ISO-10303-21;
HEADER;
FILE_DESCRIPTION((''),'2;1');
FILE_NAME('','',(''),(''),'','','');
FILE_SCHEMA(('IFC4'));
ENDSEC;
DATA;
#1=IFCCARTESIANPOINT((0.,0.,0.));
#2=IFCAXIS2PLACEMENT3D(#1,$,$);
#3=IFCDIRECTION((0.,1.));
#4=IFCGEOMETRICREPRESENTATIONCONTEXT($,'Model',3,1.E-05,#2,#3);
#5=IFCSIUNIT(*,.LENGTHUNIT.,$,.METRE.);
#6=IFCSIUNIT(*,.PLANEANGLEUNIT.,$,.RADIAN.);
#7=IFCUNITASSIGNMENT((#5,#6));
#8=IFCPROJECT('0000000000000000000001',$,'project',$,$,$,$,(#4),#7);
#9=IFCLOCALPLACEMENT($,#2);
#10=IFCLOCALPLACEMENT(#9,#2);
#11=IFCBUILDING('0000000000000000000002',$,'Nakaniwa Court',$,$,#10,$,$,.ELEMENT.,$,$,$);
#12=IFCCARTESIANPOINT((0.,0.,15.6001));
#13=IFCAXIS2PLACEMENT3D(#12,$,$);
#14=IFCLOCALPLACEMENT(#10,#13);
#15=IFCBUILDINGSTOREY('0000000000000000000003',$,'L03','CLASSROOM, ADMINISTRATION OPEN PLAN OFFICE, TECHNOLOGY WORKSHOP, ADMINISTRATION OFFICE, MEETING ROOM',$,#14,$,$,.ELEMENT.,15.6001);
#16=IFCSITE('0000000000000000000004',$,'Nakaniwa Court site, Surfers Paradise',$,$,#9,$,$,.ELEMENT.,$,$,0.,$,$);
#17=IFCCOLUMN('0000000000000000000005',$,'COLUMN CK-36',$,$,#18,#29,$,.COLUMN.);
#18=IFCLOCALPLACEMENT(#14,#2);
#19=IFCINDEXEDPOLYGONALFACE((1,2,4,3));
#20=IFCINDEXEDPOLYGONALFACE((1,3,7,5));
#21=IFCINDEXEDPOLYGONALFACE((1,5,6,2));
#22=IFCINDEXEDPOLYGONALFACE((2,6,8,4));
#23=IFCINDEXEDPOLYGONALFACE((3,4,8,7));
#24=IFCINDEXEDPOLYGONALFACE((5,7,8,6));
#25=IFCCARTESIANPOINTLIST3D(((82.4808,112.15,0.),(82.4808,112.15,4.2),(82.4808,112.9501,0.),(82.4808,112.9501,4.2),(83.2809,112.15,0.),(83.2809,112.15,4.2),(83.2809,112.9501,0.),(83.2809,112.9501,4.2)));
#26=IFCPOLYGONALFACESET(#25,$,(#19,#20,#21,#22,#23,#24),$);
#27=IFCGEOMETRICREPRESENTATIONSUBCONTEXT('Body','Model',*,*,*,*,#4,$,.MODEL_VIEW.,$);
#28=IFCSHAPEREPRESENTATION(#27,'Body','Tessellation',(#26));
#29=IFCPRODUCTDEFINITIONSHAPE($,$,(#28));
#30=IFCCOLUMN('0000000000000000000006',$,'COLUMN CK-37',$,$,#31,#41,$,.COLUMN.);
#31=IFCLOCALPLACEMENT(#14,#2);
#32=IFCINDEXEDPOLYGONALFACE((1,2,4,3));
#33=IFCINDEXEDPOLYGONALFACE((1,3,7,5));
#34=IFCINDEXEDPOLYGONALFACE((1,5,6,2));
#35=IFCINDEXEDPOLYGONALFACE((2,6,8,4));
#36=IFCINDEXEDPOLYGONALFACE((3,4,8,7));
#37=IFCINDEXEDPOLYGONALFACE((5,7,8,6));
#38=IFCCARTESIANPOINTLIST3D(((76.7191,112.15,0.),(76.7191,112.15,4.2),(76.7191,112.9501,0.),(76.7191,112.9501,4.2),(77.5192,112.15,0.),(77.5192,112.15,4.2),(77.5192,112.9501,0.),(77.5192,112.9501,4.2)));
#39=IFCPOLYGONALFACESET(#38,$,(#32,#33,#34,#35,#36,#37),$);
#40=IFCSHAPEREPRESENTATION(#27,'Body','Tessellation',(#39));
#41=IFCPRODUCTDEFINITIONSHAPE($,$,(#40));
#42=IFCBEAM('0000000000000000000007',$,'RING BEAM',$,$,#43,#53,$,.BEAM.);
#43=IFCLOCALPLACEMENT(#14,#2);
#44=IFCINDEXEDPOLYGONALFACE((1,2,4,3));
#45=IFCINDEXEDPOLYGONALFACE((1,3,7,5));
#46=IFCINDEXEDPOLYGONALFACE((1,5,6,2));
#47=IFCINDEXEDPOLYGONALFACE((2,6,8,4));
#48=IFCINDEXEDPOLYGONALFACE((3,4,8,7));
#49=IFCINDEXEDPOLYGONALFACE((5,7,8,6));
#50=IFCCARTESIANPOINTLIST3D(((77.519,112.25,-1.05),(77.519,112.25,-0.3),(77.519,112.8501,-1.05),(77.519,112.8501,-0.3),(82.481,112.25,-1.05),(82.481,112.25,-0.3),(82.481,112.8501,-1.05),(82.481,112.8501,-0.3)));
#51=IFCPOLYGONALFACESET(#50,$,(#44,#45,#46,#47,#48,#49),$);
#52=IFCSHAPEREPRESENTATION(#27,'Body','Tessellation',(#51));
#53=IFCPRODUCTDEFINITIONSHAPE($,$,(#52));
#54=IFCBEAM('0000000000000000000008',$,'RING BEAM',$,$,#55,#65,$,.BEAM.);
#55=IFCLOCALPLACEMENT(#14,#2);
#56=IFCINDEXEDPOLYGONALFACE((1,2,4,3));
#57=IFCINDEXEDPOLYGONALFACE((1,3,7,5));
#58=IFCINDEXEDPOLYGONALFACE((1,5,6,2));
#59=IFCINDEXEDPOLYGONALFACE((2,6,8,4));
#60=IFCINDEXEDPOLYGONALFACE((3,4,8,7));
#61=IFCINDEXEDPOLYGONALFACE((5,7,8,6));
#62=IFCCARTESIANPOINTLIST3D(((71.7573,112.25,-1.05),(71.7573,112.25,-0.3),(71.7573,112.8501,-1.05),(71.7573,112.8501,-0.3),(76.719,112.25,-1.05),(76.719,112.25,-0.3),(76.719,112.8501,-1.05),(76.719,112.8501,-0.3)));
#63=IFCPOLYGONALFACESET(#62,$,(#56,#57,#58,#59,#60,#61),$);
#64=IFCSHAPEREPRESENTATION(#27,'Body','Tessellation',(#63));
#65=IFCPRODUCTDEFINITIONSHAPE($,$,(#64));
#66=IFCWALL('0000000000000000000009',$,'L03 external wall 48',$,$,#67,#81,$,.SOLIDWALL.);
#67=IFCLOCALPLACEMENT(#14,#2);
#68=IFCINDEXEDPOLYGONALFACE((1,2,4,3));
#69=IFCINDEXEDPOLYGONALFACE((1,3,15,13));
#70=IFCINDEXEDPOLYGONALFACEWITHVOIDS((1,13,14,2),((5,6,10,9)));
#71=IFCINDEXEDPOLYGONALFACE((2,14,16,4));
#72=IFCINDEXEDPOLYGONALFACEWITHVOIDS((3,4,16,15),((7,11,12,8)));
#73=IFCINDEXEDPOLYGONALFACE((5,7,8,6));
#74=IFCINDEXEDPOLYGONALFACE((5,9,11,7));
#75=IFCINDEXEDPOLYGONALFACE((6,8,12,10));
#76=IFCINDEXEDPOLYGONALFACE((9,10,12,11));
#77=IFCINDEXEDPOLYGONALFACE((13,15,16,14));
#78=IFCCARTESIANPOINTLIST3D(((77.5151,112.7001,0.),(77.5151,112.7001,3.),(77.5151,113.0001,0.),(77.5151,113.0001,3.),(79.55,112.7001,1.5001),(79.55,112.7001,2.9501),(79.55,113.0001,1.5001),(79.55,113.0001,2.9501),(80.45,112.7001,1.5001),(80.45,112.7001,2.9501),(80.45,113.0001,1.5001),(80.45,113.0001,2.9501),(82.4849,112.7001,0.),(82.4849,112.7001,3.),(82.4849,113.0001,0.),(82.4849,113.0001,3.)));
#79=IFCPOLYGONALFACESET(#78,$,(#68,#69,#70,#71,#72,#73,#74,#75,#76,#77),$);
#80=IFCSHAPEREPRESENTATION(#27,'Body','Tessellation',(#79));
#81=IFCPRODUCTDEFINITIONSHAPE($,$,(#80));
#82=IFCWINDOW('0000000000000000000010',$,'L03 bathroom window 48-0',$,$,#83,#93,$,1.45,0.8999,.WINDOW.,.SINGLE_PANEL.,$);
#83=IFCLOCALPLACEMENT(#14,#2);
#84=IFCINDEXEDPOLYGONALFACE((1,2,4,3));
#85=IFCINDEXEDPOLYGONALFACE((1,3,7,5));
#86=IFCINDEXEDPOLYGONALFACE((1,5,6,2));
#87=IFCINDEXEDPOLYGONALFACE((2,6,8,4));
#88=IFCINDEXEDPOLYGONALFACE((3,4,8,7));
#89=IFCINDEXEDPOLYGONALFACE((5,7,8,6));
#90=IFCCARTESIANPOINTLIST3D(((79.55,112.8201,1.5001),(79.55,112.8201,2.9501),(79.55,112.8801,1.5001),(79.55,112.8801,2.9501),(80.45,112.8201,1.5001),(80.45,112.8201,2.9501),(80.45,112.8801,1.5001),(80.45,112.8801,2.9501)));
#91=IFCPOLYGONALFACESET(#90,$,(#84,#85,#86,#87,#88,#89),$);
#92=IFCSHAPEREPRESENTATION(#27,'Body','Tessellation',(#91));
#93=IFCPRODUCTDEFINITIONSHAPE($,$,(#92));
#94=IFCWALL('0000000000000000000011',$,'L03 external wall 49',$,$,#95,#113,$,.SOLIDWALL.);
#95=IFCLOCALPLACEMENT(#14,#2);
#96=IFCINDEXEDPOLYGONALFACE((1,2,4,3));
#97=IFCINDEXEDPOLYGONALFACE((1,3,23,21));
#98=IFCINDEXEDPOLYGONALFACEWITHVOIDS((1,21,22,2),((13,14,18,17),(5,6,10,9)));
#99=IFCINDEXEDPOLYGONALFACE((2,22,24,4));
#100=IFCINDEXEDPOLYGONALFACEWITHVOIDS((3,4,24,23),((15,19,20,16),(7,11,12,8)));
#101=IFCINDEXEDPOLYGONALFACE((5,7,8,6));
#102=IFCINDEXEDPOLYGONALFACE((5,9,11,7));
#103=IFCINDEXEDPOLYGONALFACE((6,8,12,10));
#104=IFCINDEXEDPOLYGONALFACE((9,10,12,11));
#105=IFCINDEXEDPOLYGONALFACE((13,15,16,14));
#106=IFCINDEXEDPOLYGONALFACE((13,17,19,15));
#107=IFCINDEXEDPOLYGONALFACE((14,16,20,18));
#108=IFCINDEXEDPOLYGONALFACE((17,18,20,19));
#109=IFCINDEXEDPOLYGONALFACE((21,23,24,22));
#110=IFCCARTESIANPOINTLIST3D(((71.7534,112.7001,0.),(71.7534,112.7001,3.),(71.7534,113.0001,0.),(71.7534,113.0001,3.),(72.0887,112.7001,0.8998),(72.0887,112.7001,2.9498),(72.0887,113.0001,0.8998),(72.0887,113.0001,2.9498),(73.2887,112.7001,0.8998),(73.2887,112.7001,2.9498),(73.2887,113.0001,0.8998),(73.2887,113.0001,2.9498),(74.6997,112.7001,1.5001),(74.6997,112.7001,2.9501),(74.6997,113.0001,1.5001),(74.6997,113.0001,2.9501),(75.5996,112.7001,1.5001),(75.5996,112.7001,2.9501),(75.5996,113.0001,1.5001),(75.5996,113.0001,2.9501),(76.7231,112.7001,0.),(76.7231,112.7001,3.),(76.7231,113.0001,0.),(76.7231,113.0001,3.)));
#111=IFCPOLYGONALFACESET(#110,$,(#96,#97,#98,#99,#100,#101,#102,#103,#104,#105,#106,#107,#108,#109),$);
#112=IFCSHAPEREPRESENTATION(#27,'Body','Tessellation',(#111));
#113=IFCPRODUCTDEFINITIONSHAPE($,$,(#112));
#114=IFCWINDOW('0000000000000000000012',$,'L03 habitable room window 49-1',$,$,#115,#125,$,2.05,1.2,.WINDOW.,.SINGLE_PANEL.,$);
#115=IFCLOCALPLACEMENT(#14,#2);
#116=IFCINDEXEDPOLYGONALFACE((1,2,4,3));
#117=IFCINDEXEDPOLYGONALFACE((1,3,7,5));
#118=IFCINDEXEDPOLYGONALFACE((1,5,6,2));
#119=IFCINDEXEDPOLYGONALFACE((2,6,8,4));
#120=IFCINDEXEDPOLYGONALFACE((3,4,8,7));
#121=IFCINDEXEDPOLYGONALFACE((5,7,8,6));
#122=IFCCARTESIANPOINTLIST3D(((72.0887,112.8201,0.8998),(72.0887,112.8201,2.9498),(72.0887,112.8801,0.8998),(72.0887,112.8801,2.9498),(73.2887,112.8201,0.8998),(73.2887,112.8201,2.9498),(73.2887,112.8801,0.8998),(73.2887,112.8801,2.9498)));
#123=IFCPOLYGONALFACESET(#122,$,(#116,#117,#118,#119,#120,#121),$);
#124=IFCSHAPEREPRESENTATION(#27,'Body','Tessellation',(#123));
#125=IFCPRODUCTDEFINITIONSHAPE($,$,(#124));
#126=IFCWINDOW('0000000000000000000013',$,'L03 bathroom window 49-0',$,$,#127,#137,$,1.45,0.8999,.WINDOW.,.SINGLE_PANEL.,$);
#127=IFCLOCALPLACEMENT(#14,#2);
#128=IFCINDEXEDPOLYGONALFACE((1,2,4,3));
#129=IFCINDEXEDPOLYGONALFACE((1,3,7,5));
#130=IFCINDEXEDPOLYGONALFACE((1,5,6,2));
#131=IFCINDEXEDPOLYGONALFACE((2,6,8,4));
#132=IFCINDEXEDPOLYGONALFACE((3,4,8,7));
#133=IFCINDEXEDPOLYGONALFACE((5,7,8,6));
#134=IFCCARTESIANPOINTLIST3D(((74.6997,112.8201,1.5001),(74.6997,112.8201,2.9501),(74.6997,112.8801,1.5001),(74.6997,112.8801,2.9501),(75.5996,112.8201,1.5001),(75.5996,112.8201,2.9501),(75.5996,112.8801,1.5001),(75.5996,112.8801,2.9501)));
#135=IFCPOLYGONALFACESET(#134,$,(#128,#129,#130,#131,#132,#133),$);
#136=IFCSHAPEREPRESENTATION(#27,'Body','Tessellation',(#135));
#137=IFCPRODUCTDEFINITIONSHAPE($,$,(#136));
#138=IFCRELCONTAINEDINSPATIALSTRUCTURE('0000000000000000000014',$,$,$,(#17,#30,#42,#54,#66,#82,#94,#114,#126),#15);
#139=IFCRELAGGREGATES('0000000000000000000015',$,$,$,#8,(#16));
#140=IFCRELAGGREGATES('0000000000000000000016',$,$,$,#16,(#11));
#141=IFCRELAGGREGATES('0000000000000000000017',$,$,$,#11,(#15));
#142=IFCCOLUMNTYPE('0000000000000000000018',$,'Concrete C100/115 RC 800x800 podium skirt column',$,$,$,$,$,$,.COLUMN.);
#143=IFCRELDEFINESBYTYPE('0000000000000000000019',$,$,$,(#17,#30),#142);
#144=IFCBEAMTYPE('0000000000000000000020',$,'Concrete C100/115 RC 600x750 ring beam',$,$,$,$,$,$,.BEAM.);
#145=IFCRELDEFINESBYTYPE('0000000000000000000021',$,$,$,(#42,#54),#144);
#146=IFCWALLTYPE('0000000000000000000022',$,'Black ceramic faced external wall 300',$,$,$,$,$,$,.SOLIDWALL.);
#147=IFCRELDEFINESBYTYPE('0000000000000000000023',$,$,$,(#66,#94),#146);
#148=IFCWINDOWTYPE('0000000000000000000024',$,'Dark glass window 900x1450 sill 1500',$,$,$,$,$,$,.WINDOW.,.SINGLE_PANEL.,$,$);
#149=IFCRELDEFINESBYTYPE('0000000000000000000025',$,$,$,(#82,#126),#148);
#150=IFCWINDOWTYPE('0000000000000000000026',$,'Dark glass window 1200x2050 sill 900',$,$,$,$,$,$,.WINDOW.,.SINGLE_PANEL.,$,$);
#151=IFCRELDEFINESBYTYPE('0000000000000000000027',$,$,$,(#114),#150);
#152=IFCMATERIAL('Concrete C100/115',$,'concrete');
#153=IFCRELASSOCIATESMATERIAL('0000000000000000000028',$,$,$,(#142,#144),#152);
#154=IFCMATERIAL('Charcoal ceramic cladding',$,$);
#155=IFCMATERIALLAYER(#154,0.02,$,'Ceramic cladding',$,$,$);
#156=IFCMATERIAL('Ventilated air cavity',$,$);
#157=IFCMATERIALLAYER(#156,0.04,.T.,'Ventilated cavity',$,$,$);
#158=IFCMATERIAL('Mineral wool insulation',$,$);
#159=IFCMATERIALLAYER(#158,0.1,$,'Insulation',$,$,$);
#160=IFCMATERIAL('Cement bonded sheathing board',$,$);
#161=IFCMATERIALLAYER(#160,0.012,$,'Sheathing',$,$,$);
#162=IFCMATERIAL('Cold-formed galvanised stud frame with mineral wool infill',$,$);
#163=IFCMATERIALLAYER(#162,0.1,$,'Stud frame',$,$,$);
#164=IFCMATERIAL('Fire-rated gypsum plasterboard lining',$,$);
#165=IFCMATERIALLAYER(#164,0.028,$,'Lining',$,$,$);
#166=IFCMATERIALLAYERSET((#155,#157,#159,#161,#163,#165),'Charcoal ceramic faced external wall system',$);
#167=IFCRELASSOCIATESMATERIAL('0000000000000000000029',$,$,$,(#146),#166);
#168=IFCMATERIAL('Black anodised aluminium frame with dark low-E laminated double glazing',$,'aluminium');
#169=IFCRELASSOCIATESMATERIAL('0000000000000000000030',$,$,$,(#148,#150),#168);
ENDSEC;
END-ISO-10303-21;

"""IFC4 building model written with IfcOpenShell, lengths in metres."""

from ifc_helpers import new_model, si_unit, direction, frame, frame_2d, origin, origin_2d, place, context, subcontext, project, spatial, rectangle, extrude, material, layer, layer_set, material_profile, profile_set, type_object, element, fill, save


model = new_model("IFC4")

# Units and contexts
model_context = context("Model", 3, precision=1e-05, world=origin(), true_north=direction((0.0, 1.0)))
body_context = subcontext(model_context, "Body", "Model", "MODEL_VIEW")
ifc_project = project(units=[si_unit("LENGTHUNIT", "METRE"), si_unit("PLANEANGLEUNIT", "RADIAN")], contexts=[model_context])

# Site, building, storey
site_placement = place(None, origin())
site = spatial("IfcSite", under=ifc_project, at=site_placement, Name="Nakaniwa Court site, Surfers Paradise", CompositionType="ELEMENT", RefElevation=0.0)
building_placement = place(site_placement, origin())
building = spatial("IfcBuilding", under=site, at=building_placement, Name="Nakaniwa Court", CompositionType="ELEMENT")
storey_placement = place(building_placement, frame((0.0, 0.0, 15.6001)))
storey = spatial("IfcBuildingStorey", under=building, at=storey_placement, Name="L03", Description="CLASSROOM, ADMINISTRATION OPEN PLAN OFFICE, TECHNOLOGY WORKSHOP, ADMINISTRATION OFFICE, MEETING ROOM", CompositionType="ELEMENT", Elevation=15.6001)

# Columns
ifc_material_1 = material(Name="Concrete C100/115", Category="concrete")
ifc_material_profile_1 = material_profile(ifc_material_1, rectangle(XDim=0.8, YDim=0.8, at=origin_2d()), Name="Concrete C100/115 RC 800x800 podium skirt column")
ifc_profile_set_1 = profile_set([ifc_material_profile_1], Name="Concrete C100/115")
column_type = type_object("IfcColumnType", Name="Concrete C100/115 RC 800x800 podium skirt column", PredefinedType="COLUMN", material=ifc_profile_set_1)
for number, where, z_axis, x_axis, name in (
    (1, (82.8809, 112.55, 0.0), (0.0, 0.0, 1.0), (-1.0, 0.0, 0.0), "COLUMN CK-36"),
    (2, (77.1191, 112.55, 0.0), (0.0, 0.0, 1.0), (-1.0, 0.0, 0.0), "COLUMN CK-37"),
):
    element("IfcColumn", number, at=place(storey_placement, frame(where, z_axis=z_axis, x_axis=x_axis)), inside=storey, type_object=column_type, Name=name, PredefinedType="COLUMN", context=body_context, shape_type="SweptSolid", body=[
        extrude(rectangle(XDim=0.8, YDim=0.8, at=origin_2d()), origin(), (0.0, 0.0, 1.0), 4.2),
    ])

# Beams
ifc_material_profile_2 = material_profile(ifc_material_1, rectangle(XDim=0.6001, YDim=0.75, at=origin_2d()), Name="Concrete C100/115 RC 600x750 ring beam")
ifc_profile_set_2 = profile_set([ifc_material_profile_2], Name="Concrete C100/115")
beam_type = type_object("IfcBeamType", Name="Concrete C100/115 RC 600x750 ring beam", PredefinedType="BEAM", material=ifc_profile_set_2)
beam_1_placement = place(storey_placement, frame((82.481, 112.55, -0.675), z_axis=(-1.0, 0.0, 0.0), x_axis=(0.0, -1.0, 0.0)))
element("IfcBeam", 3, at=beam_1_placement, inside=storey, type_object=beam_type, Name="RING BEAM", PredefinedType="BEAM", context=body_context, shape_type="SweptSolid", body=[
    extrude(rectangle(XDim=0.6001, YDim=0.75, at=origin_2d()), origin(), (0.0, 0.0, 1.0), 4.9619),
])
beam_2_placement = place(storey_placement, frame((76.719, 112.55, -0.675), z_axis=(-1.0, 0.0, 0.0), x_axis=(0.0, -1.0, 0.0)))
element("IfcBeam", 4, at=beam_2_placement, inside=storey, type_object=beam_type, Name="RING BEAM", PredefinedType="BEAM", context=body_context, shape_type="SweptSolid", body=[
    extrude(rectangle(XDim=0.6001, YDim=0.75, at=origin_2d()), origin(), (0.0, 0.0, 1.0), 4.9617),
])

# Wall, opening, window
ifc_material_2 = material(Name="Charcoal ceramic cladding")
ifc_layer_1 = layer(ifc_material_2, 0.02, Name="Ceramic cladding")
ifc_material_3 = material(Name="Ventilated air cavity")
ifc_layer_2 = layer(ifc_material_3, 0.04, ventilated=True, Name="Ventilated cavity")
ifc_material_4 = material(Name="Mineral wool insulation")
ifc_layer_3 = layer(ifc_material_4, 0.1, Name="Insulation")
ifc_material_5 = material(Name="Cement bonded sheathing board")
ifc_layer_4 = layer(ifc_material_5, 0.012, Name="Sheathing")
ifc_material_6 = material(Name="Cold-formed galvanised stud frame with mineral wool infill")
ifc_layer_5 = layer(ifc_material_6, 0.1, Name="Stud frame")
ifc_material_7 = material(Name="Fire-rated gypsum plasterboard lining")
ifc_layer_6 = layer(ifc_material_7, 0.028, Name="Lining")
ifc_layer_set_1 = layer_set([ifc_layer_1, ifc_layer_2, ifc_layer_3, ifc_layer_4, ifc_layer_5, ifc_layer_6], Name="Charcoal ceramic faced external wall system")
wall_type_1 = type_object("IfcWallType", Name="Black ceramic faced external wall 300", PredefinedType="SOLIDWALL", material=ifc_layer_set_1)
wall_1_placement = place(storey_placement, frame((82.4849, 112.8501, 0.0), z_axis=(0.0, 0.0, 1.0), x_axis=(-1.0, 0.0, 0.0)))
wall_1 = element("IfcWall", 5, at=wall_1_placement, inside=storey, type_object=wall_type_1, Name="L03 external wall 48", PredefinedType="SOLIDWALL", context=body_context, shape_type="SweptSolid", body=[
    extrude(rectangle(XDim=4.9697, YDim=0.3, at=frame_2d((2.4849, 0.0))), origin(), (0.0, 0.0, 1.0), 3.0),
])
opening_1_placement = place(wall_1_placement, frame((2.0349, 0.0, 1.5)))
opening_1 = element("IfcOpeningElement", 6, at=opening_1_placement, cuts=wall_1, PredefinedType="OPENING", context=body_context, shape_type="SweptSolid", body=[
    extrude(rectangle(XDim=0.8999, YDim=1.45, at=frame_2d((0.45, 0.7251))), frame((0.0, 0.1599, 0.0), z_axis=(0.0, -1.0, 0.0), x_axis=(1.0, 0.0, 0.0)), (0.0, 0.0, 1.0), 0.3201),
])
ifc_material_8 = material(Name="Black anodised aluminium frame with dark low-E laminated double glazing", Category="aluminium")
window_type_1 = type_object("IfcWindowType", Name="Dark glass window 900x1450 sill 1500", PartitioningType="SINGLE_PANEL", PredefinedType="WINDOW", material=ifc_material_8)
window_1_placement = place(opening_1_placement, origin())
window_1 = element("IfcWindow", 7, at=window_1_placement, inside=storey, type_object=window_type_1, Name="L03 bathroom window 48-0", OverallHeight=1.45, OverallWidth=0.8999, PartitioningType="SINGLE_PANEL", PredefinedType="WINDOW", context=body_context, shape_type="SweptSolid", body=[
    extrude(rectangle(XDim=0.8999, YDim=1.45, at=frame_2d((0.45, 0.7251))), frame((0.0, 0.03, 0.0), z_axis=(0.0, -1.0, 0.0), x_axis=(1.0, 0.0, 0.0)), (0.0, 0.0, 1.0), 0.0601),
])
fill(opening_1, window_1)

# Wall, openings, windows
wall_2_placement = place(storey_placement, frame((76.7231, 112.8501, 0.0), z_axis=(0.0, 0.0, 1.0), x_axis=(-1.0, 0.0, 0.0)))
wall_2 = element("IfcWall", 8, at=wall_2_placement, inside=storey, type_object=wall_type_1, Name="L03 external wall 49", PredefinedType="SOLIDWALL", context=body_context, shape_type="SweptSolid", body=[
    extrude(rectangle(XDim=4.9697, YDim=0.3, at=frame_2d((2.4849, 0.0))), origin(), (0.0, 0.0, 1.0), 3.0),
])
opening_2_placement = place(wall_2_placement, frame((1.1235, 0.0, 1.5)))
opening_2 = element("IfcOpeningElement", 9, at=opening_2_placement, cuts=wall_2, PredefinedType="OPENING", context=body_context, shape_type="SweptSolid", body=[
    extrude(rectangle(XDim=0.8999, YDim=1.45, at=frame_2d((0.45, 0.7251))), frame((0.0, 0.1599, 0.0), z_axis=(0.0, -1.0, 0.0), x_axis=(1.0, 0.0, 0.0)), (0.0, 0.0, 1.0), 0.3201),
])
opening_3_placement = place(wall_2_placement, frame((3.4343, 0.0, 0.8999)))
opening_3 = element("IfcOpeningElement", 10, at=opening_3_placement, cuts=wall_2, PredefinedType="OPENING", context=body_context, shape_type="SweptSolid", body=[
    extrude(rectangle(XDim=1.2, YDim=2.05, at=frame_2d((0.6001, 1.0249))), frame((0.0, 0.1599, 0.0), z_axis=(0.0, -1.0, 0.0), x_axis=(1.0, 0.0, 0.0)), (0.0, 0.0, 1.0), 0.3201),
])
window_type_2 = type_object("IfcWindowType", Name="Dark glass window 1200x2050 sill 900", PartitioningType="SINGLE_PANEL", PredefinedType="WINDOW", material=ifc_material_8)
window_2_placement = place(opening_3_placement, origin())
window_2 = element("IfcWindow", 11, at=window_2_placement, inside=storey, type_object=window_type_2, Name="L03 habitable room window 49-1", OverallHeight=2.05, OverallWidth=1.2, PartitioningType="SINGLE_PANEL", PredefinedType="WINDOW", context=body_context, shape_type="SweptSolid", body=[
    extrude(rectangle(XDim=1.2, YDim=2.05, at=frame_2d((0.6001, 1.0249))), frame((0.0, 0.03, 0.0), z_axis=(0.0, -1.0, 0.0), x_axis=(1.0, 0.0, 0.0)), (0.0, 0.0, 1.0), 0.0601),
])
fill(opening_3, window_2)
window_3_placement = place(opening_2_placement, origin())
window_3 = element("IfcWindow", 12, at=window_3_placement, inside=storey, type_object=window_type_1, Name="L03 bathroom window 49-0", OverallHeight=1.45, OverallWidth=0.8999, PartitioningType="SINGLE_PANEL", PredefinedType="WINDOW", context=body_context, shape_type="SweptSolid", body=[
    extrude(rectangle(XDim=0.8999, YDim=1.45, at=frame_2d((0.45, 0.7251))), frame((0.0, 0.03, 0.0), z_axis=(0.0, -1.0, 0.0), x_axis=(1.0, 0.0, 0.0)), (0.0, 0.0, 1.0), 0.0601),
])
fill(opening_2, window_3)

save(model, "model.ifc")
